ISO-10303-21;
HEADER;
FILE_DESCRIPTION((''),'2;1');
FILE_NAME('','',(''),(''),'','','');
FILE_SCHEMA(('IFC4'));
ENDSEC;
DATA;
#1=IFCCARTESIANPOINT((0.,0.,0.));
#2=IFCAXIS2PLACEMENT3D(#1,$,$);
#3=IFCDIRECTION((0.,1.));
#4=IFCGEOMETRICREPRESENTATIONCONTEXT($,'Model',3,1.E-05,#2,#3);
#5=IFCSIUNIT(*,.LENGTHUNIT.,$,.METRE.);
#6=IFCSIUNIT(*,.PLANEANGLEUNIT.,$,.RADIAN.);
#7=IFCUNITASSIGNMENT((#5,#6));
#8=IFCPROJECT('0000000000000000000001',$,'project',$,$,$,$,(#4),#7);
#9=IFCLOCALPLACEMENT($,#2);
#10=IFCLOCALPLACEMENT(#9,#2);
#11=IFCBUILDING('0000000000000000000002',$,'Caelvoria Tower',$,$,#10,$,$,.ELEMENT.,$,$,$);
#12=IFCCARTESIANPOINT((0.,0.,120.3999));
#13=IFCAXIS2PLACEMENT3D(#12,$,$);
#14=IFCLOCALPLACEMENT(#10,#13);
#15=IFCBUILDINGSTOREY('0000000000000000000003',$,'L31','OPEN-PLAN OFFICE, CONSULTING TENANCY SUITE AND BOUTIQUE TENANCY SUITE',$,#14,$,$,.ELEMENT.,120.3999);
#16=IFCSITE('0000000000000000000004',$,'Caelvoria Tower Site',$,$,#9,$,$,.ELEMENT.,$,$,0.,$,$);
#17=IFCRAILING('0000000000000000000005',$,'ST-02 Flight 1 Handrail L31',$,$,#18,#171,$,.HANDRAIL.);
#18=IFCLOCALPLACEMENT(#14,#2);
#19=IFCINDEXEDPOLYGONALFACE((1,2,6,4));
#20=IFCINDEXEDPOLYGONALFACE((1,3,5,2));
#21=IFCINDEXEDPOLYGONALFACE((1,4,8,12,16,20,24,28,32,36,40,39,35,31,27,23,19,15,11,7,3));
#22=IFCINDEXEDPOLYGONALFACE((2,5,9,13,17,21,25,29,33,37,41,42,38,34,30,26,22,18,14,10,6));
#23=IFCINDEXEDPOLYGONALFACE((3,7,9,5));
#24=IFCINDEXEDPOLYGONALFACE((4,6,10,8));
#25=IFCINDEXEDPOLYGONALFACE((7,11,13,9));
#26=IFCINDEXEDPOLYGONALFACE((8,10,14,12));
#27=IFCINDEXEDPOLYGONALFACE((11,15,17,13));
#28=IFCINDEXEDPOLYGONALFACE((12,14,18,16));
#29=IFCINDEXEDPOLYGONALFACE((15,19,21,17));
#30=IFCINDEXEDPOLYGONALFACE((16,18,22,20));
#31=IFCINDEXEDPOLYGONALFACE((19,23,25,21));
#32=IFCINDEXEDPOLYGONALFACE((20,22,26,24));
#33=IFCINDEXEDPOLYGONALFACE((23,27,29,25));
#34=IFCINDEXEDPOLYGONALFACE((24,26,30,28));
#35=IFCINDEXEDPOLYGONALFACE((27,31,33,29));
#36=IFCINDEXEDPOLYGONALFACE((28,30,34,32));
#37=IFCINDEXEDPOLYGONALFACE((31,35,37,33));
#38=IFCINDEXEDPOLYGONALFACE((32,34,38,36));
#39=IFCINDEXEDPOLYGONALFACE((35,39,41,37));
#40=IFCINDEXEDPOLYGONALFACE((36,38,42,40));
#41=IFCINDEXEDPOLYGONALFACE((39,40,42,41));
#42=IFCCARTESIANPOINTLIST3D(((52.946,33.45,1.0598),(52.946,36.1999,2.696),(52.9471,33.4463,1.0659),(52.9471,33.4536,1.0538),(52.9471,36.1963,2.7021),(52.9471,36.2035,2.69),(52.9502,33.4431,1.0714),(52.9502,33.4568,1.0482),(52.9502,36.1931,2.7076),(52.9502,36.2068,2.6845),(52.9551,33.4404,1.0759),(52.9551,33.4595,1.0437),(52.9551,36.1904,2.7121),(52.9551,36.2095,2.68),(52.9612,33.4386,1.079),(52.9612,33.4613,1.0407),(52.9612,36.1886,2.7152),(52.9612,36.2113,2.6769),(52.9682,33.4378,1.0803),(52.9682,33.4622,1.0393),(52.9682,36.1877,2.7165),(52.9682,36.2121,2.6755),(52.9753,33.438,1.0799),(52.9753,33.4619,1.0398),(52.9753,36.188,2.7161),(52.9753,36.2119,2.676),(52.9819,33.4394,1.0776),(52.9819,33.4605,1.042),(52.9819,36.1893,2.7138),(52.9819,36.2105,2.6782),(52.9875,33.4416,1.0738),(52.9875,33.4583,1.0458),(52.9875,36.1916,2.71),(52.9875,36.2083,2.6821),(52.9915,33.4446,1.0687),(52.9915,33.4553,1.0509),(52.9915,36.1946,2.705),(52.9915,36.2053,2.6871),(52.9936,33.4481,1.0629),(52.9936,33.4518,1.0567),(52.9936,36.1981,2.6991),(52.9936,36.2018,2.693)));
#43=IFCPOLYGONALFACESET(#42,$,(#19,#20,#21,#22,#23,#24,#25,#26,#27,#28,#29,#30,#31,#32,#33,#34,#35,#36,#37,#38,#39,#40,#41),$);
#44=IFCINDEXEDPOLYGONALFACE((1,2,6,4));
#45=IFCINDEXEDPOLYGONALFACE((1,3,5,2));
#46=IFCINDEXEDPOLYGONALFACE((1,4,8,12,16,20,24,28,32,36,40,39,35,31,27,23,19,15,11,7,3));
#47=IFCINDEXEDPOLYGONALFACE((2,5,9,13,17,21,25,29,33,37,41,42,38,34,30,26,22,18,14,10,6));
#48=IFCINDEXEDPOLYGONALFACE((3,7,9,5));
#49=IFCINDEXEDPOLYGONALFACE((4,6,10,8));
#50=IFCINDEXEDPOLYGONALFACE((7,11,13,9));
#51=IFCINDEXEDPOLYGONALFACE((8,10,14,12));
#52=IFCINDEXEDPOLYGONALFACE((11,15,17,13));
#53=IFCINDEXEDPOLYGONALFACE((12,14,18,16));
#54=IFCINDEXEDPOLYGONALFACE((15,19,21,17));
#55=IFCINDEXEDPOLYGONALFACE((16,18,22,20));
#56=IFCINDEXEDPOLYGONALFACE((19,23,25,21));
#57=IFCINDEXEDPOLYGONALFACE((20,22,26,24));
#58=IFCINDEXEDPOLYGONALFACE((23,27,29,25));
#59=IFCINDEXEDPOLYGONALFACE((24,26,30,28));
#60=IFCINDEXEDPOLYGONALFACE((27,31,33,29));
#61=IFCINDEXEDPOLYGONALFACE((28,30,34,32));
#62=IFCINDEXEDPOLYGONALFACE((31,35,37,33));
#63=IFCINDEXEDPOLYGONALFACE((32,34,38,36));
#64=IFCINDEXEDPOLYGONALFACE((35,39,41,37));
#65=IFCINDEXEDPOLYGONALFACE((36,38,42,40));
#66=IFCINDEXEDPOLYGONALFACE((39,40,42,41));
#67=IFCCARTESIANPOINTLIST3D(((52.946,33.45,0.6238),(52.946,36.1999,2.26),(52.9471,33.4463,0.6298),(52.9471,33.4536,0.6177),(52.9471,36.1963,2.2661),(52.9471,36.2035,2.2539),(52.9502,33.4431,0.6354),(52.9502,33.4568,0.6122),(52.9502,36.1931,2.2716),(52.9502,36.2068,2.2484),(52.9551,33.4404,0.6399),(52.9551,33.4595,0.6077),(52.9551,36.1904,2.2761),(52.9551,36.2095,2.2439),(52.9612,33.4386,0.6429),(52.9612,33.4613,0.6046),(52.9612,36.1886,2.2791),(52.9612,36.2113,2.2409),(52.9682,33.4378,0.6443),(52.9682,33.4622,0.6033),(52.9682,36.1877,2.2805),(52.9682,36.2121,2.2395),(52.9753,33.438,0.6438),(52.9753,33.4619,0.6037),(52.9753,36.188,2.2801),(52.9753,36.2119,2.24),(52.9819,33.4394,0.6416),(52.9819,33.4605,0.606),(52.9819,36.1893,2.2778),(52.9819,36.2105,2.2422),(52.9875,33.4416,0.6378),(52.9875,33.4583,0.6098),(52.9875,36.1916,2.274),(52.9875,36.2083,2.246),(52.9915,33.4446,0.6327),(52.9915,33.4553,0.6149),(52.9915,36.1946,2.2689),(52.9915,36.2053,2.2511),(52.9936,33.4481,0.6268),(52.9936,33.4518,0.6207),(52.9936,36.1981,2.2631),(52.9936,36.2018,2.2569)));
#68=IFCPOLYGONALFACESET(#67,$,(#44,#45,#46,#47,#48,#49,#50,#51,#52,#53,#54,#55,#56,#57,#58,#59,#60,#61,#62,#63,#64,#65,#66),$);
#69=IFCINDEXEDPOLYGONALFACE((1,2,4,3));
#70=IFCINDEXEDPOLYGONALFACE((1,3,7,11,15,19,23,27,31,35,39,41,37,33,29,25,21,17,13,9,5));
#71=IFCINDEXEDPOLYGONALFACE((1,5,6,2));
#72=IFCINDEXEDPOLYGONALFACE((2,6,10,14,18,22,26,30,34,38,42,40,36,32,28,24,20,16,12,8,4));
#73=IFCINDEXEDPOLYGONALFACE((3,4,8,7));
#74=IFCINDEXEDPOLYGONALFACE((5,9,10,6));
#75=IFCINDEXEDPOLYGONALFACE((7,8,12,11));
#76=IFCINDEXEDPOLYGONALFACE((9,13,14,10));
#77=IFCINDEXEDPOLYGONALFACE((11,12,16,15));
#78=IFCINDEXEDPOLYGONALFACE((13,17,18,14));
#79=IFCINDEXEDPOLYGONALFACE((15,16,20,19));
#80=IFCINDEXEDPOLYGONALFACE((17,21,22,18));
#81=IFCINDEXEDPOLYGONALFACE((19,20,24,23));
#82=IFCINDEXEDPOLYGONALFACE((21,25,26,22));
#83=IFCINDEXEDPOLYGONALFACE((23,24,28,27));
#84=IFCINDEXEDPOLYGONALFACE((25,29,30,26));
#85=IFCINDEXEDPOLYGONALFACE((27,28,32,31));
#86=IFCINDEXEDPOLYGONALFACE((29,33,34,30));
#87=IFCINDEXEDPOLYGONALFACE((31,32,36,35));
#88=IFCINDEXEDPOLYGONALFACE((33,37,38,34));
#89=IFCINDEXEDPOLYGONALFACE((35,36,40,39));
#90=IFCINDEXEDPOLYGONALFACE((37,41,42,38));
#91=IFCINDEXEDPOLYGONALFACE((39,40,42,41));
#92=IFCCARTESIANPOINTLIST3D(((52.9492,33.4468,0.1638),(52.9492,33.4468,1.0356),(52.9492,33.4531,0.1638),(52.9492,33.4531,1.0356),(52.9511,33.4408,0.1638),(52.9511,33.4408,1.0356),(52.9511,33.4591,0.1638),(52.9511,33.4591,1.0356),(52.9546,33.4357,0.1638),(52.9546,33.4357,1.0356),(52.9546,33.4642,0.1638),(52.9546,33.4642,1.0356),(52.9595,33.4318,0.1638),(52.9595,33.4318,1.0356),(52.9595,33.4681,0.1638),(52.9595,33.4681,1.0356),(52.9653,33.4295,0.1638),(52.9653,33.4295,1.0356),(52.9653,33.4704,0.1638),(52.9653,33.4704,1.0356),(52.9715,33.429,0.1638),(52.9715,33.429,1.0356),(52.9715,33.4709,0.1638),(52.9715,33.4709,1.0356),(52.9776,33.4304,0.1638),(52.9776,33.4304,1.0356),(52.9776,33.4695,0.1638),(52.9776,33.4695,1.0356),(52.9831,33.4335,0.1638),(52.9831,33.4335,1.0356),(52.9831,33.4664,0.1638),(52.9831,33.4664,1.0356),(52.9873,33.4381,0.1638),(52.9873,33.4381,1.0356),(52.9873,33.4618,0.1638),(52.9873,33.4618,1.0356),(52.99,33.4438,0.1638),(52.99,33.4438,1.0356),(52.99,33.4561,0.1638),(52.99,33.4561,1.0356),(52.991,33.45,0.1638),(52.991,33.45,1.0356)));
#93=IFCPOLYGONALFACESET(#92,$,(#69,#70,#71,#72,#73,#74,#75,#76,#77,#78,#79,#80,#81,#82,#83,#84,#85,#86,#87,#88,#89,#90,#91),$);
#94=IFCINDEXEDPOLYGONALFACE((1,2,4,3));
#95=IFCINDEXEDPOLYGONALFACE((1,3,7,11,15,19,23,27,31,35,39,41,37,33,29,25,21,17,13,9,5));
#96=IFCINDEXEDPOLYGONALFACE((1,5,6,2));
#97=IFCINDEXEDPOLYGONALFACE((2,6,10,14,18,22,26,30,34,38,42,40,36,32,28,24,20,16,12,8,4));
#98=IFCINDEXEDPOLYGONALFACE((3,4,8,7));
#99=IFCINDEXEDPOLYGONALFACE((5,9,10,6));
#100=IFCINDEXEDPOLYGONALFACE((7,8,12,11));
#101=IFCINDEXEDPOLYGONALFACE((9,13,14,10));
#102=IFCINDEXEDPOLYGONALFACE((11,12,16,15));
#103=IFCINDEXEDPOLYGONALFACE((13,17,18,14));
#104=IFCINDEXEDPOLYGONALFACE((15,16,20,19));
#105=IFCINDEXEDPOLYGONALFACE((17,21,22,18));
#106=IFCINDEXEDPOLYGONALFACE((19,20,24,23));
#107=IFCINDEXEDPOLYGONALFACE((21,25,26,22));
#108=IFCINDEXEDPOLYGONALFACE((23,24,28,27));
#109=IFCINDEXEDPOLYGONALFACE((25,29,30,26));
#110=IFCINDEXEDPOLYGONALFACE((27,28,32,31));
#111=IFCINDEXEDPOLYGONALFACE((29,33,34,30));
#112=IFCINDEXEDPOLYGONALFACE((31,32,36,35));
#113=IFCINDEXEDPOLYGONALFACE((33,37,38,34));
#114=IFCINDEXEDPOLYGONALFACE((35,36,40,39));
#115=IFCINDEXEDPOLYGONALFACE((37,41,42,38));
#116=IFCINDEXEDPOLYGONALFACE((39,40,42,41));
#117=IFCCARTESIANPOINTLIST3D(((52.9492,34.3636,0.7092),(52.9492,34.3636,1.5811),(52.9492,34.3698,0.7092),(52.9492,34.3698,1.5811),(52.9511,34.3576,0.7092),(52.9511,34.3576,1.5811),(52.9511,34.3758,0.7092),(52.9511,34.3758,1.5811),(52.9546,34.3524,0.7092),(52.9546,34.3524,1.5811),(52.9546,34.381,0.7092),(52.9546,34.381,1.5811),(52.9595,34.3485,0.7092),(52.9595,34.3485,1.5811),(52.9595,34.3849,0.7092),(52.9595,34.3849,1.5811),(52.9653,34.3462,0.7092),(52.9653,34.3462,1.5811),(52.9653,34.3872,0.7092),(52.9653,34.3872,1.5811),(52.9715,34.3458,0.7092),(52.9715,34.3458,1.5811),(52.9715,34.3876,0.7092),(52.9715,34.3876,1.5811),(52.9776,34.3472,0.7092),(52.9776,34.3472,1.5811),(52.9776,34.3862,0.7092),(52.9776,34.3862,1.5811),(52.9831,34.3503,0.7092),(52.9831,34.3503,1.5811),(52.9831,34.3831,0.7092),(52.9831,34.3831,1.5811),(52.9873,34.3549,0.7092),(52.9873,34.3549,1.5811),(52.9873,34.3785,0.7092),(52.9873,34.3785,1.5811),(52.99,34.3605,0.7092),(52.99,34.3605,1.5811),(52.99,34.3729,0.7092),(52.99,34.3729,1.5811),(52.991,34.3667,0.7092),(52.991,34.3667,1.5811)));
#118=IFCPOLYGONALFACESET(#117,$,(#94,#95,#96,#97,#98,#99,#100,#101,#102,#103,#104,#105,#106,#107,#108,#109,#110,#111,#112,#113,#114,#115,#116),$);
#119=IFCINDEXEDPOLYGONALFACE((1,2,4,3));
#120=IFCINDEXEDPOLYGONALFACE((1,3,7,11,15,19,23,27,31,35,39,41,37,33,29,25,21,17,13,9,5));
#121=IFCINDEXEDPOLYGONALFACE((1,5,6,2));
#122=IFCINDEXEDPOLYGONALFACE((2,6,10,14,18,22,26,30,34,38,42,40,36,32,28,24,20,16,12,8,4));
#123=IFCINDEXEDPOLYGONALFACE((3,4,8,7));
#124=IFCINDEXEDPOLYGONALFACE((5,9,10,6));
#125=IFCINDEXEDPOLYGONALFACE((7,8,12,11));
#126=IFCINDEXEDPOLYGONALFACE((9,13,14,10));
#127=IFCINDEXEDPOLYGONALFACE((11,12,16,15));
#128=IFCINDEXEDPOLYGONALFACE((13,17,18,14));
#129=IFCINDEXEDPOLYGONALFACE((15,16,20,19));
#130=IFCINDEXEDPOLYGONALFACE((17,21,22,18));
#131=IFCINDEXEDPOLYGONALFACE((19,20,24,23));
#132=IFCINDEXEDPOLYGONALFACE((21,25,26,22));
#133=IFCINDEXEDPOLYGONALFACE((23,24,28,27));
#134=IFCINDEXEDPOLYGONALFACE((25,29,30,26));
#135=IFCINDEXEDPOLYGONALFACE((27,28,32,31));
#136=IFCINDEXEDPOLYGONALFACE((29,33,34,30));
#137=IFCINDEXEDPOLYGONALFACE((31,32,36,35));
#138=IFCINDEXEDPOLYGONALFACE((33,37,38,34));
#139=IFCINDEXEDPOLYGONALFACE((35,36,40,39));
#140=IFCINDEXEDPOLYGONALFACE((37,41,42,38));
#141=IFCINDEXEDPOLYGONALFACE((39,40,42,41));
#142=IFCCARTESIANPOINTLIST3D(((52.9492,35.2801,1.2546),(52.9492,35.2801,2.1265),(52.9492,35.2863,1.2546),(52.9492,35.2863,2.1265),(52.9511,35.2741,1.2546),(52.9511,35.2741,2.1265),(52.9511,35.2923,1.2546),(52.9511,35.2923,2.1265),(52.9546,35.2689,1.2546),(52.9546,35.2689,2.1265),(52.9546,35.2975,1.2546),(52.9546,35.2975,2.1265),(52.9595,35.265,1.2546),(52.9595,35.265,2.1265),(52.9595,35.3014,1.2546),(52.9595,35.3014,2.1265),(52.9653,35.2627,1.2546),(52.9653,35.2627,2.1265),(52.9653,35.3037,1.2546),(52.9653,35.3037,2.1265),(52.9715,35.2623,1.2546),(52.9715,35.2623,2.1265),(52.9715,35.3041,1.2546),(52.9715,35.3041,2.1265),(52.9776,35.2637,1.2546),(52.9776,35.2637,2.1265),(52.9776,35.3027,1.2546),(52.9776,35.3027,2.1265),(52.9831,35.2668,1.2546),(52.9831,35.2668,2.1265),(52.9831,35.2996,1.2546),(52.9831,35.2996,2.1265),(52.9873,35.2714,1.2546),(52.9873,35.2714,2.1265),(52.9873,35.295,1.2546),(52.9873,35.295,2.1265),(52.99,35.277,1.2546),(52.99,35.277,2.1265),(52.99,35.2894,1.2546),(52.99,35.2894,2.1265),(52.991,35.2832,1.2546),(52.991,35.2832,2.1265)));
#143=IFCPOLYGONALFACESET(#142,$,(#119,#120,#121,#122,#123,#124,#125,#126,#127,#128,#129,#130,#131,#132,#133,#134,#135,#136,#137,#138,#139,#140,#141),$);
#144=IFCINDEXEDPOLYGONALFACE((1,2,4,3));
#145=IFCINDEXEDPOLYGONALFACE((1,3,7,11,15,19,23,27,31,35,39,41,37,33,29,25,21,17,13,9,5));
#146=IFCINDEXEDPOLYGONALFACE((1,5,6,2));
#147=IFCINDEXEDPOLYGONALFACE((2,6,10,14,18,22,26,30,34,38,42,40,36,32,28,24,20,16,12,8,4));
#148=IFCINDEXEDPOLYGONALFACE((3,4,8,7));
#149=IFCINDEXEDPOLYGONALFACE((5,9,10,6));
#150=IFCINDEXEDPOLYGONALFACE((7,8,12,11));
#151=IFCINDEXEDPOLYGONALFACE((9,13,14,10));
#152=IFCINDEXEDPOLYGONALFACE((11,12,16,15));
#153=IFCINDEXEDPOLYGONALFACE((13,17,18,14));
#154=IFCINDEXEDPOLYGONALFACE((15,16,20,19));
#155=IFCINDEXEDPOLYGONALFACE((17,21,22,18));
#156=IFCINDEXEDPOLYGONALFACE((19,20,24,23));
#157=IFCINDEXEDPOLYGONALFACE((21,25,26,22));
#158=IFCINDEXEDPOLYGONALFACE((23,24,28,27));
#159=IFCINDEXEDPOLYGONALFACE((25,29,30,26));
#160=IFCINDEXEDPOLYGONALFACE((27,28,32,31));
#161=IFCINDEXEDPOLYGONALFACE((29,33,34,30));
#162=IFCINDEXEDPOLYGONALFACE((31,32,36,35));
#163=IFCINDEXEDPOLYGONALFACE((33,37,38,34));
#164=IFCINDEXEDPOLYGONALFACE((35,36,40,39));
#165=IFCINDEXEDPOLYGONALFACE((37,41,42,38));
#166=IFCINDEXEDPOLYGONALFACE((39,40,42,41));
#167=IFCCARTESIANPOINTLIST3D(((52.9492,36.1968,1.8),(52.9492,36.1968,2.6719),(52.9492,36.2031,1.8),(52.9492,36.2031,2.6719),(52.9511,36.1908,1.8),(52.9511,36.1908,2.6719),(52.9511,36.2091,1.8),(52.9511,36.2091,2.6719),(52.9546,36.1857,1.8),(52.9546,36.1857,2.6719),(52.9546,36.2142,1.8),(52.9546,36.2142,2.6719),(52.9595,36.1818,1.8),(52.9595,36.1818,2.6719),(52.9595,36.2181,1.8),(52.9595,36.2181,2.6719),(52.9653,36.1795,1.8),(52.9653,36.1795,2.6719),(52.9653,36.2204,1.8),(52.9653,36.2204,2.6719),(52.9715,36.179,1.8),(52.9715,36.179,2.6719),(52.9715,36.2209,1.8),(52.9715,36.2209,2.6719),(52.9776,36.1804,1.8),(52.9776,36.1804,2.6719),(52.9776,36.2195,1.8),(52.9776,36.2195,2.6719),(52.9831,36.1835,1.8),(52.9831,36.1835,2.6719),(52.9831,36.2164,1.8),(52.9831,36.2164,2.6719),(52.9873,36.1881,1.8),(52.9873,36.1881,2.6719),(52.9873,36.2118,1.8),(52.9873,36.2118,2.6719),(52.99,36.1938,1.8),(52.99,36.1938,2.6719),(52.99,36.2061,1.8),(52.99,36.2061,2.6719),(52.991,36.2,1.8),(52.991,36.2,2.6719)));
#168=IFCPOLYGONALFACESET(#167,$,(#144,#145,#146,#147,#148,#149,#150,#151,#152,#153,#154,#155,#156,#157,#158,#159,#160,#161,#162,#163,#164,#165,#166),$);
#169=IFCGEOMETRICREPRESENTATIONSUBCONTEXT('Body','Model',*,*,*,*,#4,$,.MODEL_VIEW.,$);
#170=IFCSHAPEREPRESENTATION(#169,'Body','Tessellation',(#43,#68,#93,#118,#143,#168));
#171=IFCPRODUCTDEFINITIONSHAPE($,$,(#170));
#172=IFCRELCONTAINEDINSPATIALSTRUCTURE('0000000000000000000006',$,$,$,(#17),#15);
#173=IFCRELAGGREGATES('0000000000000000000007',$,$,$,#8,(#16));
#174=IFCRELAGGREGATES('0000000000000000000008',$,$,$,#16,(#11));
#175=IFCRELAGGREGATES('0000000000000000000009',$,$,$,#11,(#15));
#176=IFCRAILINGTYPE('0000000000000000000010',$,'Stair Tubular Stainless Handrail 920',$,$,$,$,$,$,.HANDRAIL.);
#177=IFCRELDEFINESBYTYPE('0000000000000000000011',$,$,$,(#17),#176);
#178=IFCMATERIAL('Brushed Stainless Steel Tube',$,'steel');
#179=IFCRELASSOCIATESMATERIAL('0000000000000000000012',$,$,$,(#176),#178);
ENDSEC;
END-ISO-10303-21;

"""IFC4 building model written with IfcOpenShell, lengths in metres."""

from ifc_helpers import new_model, si_unit, direction, frame, origin, origin_2d, place, context, subcontext, project, spatial, circle, extrude, material, type_object, element, save


model = new_model("IFC4")

# Units and contexts
model_context = context("Model", 3, precision=1e-05, world=origin(), true_north=direction((0.0, 1.0)))
body_context = subcontext(model_context, "Body", "Model", "MODEL_VIEW")
ifc_project = project(units=[si_unit("LENGTHUNIT", "METRE"), si_unit("PLANEANGLEUNIT", "RADIAN")], contexts=[model_context])

# Site, building, storey
site_placement = place(None, origin())
site = spatial("IfcSite", under=ifc_project, at=site_placement, Name="Caelvoria Tower Site", CompositionType="ELEMENT", RefElevation=0.0)
building_placement = place(site_placement, origin())
building = spatial("IfcBuilding", under=site, at=building_placement, Name="Caelvoria Tower", CompositionType="ELEMENT")
storey_placement = place(building_placement, frame((0.0, 0.0, 120.3999)))
storey = spatial("IfcBuildingStorey", under=building, at=storey_placement, Name="L31", Description="OPEN-PLAN OFFICE, CONSULTING TENANCY SUITE AND BOUTIQUE TENANCY SUITE", CompositionType="ELEMENT", Elevation=120.3999)

# Railing
ifc_material_1 = material(Name="Brushed Stainless Steel Tube", Category="steel")
railing_type_1 = type_object("IfcRailingType", Name="Stair Tubular Stainless Handrail 920", PredefinedType="HANDRAIL", material=ifc_material_1)
railing_1_placement = place(storey_placement, frame((52.97, 33.45, 0.1638)))
element("IfcRailing", 1, at=railing_1_placement, inside=storey, type_object=railing_type_1, Name="ST-02 Flight 1 Handrail L31", PredefinedType="HANDRAIL", context=body_context, shape_type="SweptSolid", body=[
    extrude(circle(Radius=0.0239, at=origin_2d()), frame((0.0, 0.0, 0.896), z_axis=(0.0, 0.859385, 0.511328), x_axis=(-1.0, 0.0, 0.0)), (0.0, 0.0, 1.0), 3.2),
    extrude(circle(Radius=0.0239, at=origin_2d()), frame((0.0, 0.0, 0.46), z_axis=(0.0, 0.859385, 0.511328), x_axis=(-1.0, 0.0, 0.0)), (0.0, 0.0, 1.0), 3.2),
    extrude(circle(Radius=0.021, at=origin_2d()), origin(), (0.0, 0.0, 1.0), 0.8718),
    extrude(circle(Radius=0.021, at=origin_2d()), frame((0.0, 0.9167, 0.5454)), (0.0, 0.0, 1.0), 0.8718),
    extrude(circle(Radius=0.021, at=origin_2d()), frame((0.0, 1.8333, 1.0908)), (0.0, 0.0, 1.0), 0.8718),
    extrude(circle(Radius=0.021, at=origin_2d()), frame((0.0, 2.75, 1.6362)), (0.0, 0.0, 1.0), 0.8718),
])

save(model, "model.ifc")
